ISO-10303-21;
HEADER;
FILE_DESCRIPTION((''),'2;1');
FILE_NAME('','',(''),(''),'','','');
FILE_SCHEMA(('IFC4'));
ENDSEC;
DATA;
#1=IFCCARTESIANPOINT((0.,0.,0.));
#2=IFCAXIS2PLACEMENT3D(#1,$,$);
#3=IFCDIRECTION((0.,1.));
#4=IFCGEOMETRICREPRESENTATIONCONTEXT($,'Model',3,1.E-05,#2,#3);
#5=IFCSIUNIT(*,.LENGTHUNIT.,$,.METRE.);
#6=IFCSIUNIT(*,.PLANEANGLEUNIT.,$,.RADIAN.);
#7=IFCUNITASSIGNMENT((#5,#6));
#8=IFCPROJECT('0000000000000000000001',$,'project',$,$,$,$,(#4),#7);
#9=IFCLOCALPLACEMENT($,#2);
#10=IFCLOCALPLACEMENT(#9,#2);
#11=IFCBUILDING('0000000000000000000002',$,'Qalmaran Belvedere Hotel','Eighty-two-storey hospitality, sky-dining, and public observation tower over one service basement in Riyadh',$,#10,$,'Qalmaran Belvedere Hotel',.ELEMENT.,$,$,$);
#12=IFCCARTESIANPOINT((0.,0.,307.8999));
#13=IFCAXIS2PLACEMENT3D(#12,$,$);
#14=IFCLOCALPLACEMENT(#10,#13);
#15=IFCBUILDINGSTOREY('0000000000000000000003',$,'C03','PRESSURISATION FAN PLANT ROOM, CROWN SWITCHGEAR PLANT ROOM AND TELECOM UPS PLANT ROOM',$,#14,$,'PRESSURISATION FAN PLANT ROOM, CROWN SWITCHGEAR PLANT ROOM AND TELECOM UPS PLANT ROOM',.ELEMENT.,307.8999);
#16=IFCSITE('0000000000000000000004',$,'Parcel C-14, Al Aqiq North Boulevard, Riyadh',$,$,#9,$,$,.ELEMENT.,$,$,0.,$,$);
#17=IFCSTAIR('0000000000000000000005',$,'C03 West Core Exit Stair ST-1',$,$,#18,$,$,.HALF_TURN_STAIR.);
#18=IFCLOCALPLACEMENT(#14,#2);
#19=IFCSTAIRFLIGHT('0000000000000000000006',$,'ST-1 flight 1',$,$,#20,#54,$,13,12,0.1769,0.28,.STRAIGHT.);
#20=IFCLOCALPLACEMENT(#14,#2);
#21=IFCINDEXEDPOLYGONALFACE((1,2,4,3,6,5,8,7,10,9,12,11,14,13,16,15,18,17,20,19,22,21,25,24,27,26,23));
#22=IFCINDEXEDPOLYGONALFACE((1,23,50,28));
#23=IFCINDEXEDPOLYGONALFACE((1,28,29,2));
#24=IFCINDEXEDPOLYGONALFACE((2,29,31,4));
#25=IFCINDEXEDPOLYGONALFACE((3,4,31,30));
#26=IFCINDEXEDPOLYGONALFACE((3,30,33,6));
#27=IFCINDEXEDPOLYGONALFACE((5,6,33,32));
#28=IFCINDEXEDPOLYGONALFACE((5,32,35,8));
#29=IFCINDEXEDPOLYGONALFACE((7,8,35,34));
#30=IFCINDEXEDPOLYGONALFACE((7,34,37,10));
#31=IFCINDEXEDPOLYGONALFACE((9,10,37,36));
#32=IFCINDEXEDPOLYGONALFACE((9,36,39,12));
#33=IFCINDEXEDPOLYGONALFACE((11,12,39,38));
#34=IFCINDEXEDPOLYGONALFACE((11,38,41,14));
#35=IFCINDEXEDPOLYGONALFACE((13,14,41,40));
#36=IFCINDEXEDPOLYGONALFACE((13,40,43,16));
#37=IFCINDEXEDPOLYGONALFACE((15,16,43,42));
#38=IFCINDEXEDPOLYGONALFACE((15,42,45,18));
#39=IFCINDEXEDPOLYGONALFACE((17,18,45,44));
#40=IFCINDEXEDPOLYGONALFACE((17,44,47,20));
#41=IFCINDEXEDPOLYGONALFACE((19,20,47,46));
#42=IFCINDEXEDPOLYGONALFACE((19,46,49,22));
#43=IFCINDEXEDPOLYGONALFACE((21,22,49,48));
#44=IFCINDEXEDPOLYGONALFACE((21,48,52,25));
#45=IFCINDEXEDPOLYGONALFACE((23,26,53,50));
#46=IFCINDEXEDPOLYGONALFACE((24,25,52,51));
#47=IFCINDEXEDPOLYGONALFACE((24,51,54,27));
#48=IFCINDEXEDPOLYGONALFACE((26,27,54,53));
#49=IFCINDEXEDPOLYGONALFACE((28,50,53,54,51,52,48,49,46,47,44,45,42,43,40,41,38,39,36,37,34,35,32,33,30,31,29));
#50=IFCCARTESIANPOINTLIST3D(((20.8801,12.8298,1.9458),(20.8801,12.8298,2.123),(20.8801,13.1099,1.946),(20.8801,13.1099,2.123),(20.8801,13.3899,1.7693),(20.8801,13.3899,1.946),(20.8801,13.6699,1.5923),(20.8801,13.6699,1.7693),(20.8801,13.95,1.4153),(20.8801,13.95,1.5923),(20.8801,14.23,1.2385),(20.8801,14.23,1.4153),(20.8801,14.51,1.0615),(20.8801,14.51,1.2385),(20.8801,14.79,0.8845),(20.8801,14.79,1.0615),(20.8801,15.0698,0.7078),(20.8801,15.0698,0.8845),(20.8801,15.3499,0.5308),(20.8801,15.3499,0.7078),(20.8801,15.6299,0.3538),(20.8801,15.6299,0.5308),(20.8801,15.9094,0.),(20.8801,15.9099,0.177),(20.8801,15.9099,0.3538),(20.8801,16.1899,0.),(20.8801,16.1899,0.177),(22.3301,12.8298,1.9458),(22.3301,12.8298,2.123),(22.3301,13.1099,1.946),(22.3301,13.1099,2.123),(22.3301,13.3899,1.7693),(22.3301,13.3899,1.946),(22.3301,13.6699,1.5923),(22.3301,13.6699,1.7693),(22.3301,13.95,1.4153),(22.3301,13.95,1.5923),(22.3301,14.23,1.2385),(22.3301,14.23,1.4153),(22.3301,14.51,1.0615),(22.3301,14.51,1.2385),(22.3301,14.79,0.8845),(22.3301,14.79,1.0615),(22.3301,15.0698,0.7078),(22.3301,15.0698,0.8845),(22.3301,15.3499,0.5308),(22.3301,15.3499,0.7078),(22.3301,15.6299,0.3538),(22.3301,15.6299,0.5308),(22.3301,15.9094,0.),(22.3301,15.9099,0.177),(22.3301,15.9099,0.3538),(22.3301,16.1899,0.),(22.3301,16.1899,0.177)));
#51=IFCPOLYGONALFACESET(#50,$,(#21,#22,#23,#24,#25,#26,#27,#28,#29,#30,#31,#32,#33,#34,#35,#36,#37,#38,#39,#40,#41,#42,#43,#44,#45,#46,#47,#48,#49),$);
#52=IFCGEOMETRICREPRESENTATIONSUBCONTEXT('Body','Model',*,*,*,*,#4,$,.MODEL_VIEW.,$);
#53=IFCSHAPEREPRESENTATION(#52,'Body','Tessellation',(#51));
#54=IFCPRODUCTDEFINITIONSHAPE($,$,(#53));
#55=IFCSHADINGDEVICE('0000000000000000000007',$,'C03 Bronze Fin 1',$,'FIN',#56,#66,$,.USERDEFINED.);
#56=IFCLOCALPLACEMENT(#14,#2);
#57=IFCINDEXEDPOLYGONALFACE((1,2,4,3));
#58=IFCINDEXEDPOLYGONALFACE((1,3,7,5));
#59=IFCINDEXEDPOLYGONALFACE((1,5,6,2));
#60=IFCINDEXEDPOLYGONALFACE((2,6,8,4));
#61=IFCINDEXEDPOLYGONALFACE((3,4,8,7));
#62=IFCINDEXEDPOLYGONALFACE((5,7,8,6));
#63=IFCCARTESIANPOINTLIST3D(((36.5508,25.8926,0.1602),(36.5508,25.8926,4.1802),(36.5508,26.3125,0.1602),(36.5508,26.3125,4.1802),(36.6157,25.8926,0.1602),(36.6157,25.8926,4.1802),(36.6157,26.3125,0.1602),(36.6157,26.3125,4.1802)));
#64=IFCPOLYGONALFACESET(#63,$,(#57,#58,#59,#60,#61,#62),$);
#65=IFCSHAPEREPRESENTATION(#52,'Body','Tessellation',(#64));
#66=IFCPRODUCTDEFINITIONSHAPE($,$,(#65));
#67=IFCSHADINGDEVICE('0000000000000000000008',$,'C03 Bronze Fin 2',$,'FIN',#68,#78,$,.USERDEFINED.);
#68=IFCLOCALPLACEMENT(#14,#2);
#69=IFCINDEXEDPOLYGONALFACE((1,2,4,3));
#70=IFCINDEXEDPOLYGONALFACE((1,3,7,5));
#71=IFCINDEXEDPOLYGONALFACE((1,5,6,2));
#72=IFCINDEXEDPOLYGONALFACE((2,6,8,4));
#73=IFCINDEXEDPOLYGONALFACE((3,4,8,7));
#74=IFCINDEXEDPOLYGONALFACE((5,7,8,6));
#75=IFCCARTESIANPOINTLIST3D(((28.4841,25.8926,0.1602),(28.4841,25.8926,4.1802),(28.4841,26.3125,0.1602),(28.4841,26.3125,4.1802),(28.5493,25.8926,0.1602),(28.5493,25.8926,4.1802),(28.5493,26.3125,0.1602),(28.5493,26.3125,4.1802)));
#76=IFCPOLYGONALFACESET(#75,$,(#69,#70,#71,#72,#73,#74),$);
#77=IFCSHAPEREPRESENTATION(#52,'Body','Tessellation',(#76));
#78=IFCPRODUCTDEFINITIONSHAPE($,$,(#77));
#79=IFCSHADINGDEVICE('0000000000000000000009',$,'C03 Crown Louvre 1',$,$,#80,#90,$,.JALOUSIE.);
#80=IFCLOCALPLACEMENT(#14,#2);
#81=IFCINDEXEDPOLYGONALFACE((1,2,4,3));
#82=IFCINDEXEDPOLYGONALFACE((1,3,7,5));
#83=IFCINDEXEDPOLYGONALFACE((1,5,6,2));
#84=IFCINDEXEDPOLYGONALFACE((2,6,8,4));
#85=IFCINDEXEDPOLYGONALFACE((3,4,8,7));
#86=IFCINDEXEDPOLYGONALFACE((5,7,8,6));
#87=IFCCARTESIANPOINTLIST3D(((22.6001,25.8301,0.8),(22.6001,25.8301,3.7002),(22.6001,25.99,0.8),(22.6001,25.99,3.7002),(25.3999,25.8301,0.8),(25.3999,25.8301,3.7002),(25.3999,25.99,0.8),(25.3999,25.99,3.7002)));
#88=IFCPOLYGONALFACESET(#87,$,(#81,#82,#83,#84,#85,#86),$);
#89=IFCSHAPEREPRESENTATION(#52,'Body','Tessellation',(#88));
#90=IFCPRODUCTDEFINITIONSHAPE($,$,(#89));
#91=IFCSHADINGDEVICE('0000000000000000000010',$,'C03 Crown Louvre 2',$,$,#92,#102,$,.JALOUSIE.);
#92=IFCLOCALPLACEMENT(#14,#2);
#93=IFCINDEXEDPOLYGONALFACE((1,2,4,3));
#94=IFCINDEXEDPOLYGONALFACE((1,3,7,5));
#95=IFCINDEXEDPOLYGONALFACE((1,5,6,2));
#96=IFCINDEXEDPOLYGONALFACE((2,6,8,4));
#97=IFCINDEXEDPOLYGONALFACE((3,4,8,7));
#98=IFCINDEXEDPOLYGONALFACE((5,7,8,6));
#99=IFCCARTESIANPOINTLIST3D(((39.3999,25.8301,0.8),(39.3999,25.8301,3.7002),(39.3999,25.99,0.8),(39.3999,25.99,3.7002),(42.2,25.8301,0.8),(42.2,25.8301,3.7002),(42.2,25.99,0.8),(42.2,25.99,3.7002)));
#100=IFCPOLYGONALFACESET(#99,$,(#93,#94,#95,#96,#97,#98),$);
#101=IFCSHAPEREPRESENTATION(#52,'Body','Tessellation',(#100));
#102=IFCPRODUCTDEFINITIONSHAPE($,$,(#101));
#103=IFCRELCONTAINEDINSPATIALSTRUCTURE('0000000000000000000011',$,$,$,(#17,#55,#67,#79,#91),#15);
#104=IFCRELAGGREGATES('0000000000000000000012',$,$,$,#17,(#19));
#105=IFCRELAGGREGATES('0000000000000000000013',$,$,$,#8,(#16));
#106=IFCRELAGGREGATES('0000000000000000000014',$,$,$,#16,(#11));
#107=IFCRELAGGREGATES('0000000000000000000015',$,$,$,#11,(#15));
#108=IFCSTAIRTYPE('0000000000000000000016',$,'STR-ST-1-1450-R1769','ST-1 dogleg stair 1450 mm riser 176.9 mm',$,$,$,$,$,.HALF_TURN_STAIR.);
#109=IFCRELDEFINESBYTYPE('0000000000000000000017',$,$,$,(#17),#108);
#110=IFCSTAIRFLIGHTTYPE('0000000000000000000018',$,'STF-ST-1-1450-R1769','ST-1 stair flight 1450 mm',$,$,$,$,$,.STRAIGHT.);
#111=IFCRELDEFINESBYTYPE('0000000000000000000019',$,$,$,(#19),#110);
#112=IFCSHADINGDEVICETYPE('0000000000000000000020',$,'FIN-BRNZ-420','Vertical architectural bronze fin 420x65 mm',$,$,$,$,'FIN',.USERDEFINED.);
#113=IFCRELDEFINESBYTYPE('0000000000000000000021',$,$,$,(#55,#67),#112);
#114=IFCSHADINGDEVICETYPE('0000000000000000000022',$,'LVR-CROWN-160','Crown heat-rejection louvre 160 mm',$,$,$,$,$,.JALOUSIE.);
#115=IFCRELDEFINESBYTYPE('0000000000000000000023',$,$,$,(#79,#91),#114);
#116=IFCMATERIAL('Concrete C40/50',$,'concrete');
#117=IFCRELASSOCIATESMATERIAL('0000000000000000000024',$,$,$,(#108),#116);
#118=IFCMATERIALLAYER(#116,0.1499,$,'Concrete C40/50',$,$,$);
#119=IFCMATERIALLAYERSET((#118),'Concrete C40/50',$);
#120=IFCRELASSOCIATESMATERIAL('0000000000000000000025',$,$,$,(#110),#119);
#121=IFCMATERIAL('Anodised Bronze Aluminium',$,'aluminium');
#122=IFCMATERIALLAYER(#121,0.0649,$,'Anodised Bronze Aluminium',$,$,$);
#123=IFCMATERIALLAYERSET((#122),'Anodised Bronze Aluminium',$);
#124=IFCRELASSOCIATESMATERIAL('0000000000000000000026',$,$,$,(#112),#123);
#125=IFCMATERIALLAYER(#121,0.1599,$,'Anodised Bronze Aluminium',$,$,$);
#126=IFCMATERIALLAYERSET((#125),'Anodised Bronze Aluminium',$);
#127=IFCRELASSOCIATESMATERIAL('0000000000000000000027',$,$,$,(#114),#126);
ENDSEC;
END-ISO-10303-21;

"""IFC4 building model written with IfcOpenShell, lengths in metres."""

from ifc_helpers import new_model, si_unit, direction, frame, origin, place, context, subcontext, project, spatial, polyline, outline, extrude, material, layer, layer_set, type_object, element, aggregate, save


model = new_model("IFC4")

# Units and contexts
model_context = context("Model", 3, precision=1e-05, world=origin(), true_north=direction((0.0, 1.0)))
body_context = subcontext(model_context, "Body", "Model", "MODEL_VIEW")
ifc_project = project(units=[si_unit("LENGTHUNIT", "METRE"), si_unit("PLANEANGLEUNIT", "RADIAN")], contexts=[model_context])

# Site, building, storey
site_placement = place(None, origin())
site = spatial("IfcSite", under=ifc_project, at=site_placement, Name="Parcel C-14, Al Aqiq North Boulevard, Riyadh", CompositionType="ELEMENT", RefElevation=0.0)
building_placement = place(site_placement, origin())
building = spatial("IfcBuilding", under=site, at=building_placement, Name="Qalmaran Belvedere Hotel", Description="Eighty-two-storey hospitality, sky-dining, and public observation tower over one service basement in Riyadh", LongName="Qalmaran Belvedere Hotel", CompositionType="ELEMENT")
storey_placement = place(building_placement, frame((0.0, 0.0, 307.8999)))
storey = spatial("IfcBuildingStorey", under=building, at=storey_placement, Name="C03", Description="PRESSURISATION FAN PLANT ROOM, CROWN SWITCHGEAR PLANT ROOM AND TELECOM UPS PLANT ROOM", LongName="PRESSURISATION FAN PLANT ROOM, CROWN SWITCHGEAR PLANT ROOM AND TELECOM UPS PLANT ROOM", CompositionType="ELEMENT", Elevation=307.8999)

# Shared definitions
ifc_material_1 = material(Name="Anodised Bronze Aluminium", Category="aluminium")

# Shared definitions
ifc_material_2 = material(Name="Concrete C40/50", Category="concrete")

# Stair
stair_type_1 = type_object("IfcStairType", Name="STR-ST-1-1450-R1769", Description="ST-1 dogleg stair 1450 mm riser 176.9 mm", PredefinedType="HALF_TURN_STAIR", material=ifc_material_2)
stair_1_placement = place(storey_placement, origin())
stair_1 = element("IfcStair", 1, at=stair_1_placement, inside=storey, type_object=stair_type_1, Name="C03 West Core Exit Stair ST-1", PredefinedType="HALF_TURN_STAIR")

# Stair flight
ifc_layer_1 = layer(ifc_material_2, 0.1499, Name="Concrete C40/50")
ifc_layer_set_1 = layer_set([ifc_layer_1], Name="Concrete C40/50")
stair_flight_type = type_object("IfcStairFlightType", Name="STF-ST-1-1450-R1769", Description="ST-1 stair flight 1450 mm", PredefinedType="STRAIGHT", material=ifc_layer_set_1)
stair_flight_placement = place(storey_placement, frame((21.605, 16.1899, 0.0), z_axis=(0.0, 0.0, 1.0), x_axis=(0.0, -1.0, 0.0)))
stair_flight = element("IfcStairFlight", 2, at=stair_flight_placement, type_object=stair_flight_type, Name="ST-1 flight 1", NumberOfRisers=13, NumberOfTreads=12, PredefinedType="STRAIGHT", RiserHeight=0.1769, TreadLength=0.28, context=body_context, shape_type="SweptSolid", body=[
    extrude(outline(polyline([(0.0, 0.0), (0.0, 0.177), (0.28, 0.177), (0.28, 0.3538), (0.5601, 0.3538), (0.5601, 0.5308), (0.8401, 0.5308), (0.8401, 0.7078), (1.1201, 0.7078), (1.1201, 0.8845), (1.3999, 0.8845), (1.3999, 1.0615), (1.6799, 1.0615), (1.6799, 1.2385), (1.96, 1.2385), (1.96, 1.4153), (2.24, 1.4153), (2.24, 1.5923), (2.52, 1.5923), (2.52, 1.7693), (2.8, 1.7693), (2.8, 1.946), (3.0801, 1.946), (3.0801, 2.123), (3.3601, 2.123), (3.3601, 2.3), (3.3601, 1.9458), (0.2805, 0.0), (0.0, 0.0)])), frame((0.0, 0.7251, 0.0), z_axis=(0.0, -1.0, 0.0), x_axis=(1.0, 0.0, 0.0)), (0.0, 0.0, 1.0), 1.45),
])
aggregate(stair_1, [stair_flight])

# Shading devices
ifc_layer_2 = layer(ifc_material_1, 0.0649, Name="Anodised Bronze Aluminium")
ifc_layer_set_2 = layer_set([ifc_layer_2], Name="Anodised Bronze Aluminium")
shading_device_type_1 = type_object("IfcShadingDeviceType", Name="FIN-BRNZ-420", Description="Vertical architectural bronze fin 420x65 mm", ElementType="FIN", PredefinedType="USERDEFINED", material=ifc_layer_set_2)
shading_device_1_placement = place(storey_placement, frame((0.0, 0.0, 0.1602)))
element("IfcShadingDevice", 3, at=shading_device_1_placement, inside=storey, type_object=shading_device_type_1, Name="C03 Bronze Fin 1", ObjectType="FIN", PredefinedType="USERDEFINED", context=body_context, shape_type="SweptSolid", body=[
    extrude(outline(polyline([(36.6157, 25.8926), (36.6157, 26.3125), (36.5508, 26.3125), (36.5508, 25.8926), (36.6157, 25.8926)])), origin(), (0.0, 0.0, 1.0), 4.02),
])
shading_device_2_placement = place(storey_placement, frame((0.0, 0.0, 0.1602)))
element("IfcShadingDevice", 4, at=shading_device_2_placement, inside=storey, type_object=shading_device_type_1, Name="C03 Bronze Fin 2", ObjectType="FIN", PredefinedType="USERDEFINED", context=body_context, shape_type="SweptSolid", body=[
    extrude(outline(polyline([(28.5493, 25.8926), (28.5493, 26.3125), (28.4841, 26.3125), (28.4841, 25.8926), (28.5493, 25.8926)])), origin(), (0.0, 0.0, 1.0), 4.02),
])
ifc_layer_3 = layer(ifc_material_1, 0.1599, Name="Anodised Bronze Aluminium")
ifc_layer_set_3 = layer_set([ifc_layer_3], Name="Anodised Bronze Aluminium")
shading_device_type_2 = type_object("IfcShadingDeviceType", Name="LVR-CROWN-160", Description="Crown heat-rejection louvre 160 mm", PredefinedType="JALOUSIE", material=ifc_layer_set_3)
shading_device_3_placement = place(storey_placement, frame((0.0, 0.0, 0.8)))
element("IfcShadingDevice", 5, at=shading_device_3_placement, inside=storey, type_object=shading_device_type_2, Name="C03 Crown Louvre 1", PredefinedType="JALOUSIE", context=body_context, shape_type="SweptSolid", body=[
    extrude(outline(polyline([(22.6001, 25.8301), (25.3999, 25.8301), (25.3999, 25.99), (22.6001, 25.99), (22.6001, 25.8301)])), origin(), (0.0, 0.0, 1.0), 2.9001),
])
shading_device_4_placement = place(storey_placement, frame((0.0, 0.0, 0.8)))
element("IfcShadingDevice", 6, at=shading_device_4_placement, inside=storey, type_object=shading_device_type_2, Name="C03 Crown Louvre 2", PredefinedType="JALOUSIE", context=body_context, shape_type="SweptSolid", body=[
    extrude(outline(polyline([(39.3999, 25.8301), (42.2, 25.8301), (42.2, 25.99), (39.3999, 25.99), (39.3999, 25.8301)])), origin(), (0.0, 0.0, 1.0), 2.9001),
])

save(model, "model.ifc")
